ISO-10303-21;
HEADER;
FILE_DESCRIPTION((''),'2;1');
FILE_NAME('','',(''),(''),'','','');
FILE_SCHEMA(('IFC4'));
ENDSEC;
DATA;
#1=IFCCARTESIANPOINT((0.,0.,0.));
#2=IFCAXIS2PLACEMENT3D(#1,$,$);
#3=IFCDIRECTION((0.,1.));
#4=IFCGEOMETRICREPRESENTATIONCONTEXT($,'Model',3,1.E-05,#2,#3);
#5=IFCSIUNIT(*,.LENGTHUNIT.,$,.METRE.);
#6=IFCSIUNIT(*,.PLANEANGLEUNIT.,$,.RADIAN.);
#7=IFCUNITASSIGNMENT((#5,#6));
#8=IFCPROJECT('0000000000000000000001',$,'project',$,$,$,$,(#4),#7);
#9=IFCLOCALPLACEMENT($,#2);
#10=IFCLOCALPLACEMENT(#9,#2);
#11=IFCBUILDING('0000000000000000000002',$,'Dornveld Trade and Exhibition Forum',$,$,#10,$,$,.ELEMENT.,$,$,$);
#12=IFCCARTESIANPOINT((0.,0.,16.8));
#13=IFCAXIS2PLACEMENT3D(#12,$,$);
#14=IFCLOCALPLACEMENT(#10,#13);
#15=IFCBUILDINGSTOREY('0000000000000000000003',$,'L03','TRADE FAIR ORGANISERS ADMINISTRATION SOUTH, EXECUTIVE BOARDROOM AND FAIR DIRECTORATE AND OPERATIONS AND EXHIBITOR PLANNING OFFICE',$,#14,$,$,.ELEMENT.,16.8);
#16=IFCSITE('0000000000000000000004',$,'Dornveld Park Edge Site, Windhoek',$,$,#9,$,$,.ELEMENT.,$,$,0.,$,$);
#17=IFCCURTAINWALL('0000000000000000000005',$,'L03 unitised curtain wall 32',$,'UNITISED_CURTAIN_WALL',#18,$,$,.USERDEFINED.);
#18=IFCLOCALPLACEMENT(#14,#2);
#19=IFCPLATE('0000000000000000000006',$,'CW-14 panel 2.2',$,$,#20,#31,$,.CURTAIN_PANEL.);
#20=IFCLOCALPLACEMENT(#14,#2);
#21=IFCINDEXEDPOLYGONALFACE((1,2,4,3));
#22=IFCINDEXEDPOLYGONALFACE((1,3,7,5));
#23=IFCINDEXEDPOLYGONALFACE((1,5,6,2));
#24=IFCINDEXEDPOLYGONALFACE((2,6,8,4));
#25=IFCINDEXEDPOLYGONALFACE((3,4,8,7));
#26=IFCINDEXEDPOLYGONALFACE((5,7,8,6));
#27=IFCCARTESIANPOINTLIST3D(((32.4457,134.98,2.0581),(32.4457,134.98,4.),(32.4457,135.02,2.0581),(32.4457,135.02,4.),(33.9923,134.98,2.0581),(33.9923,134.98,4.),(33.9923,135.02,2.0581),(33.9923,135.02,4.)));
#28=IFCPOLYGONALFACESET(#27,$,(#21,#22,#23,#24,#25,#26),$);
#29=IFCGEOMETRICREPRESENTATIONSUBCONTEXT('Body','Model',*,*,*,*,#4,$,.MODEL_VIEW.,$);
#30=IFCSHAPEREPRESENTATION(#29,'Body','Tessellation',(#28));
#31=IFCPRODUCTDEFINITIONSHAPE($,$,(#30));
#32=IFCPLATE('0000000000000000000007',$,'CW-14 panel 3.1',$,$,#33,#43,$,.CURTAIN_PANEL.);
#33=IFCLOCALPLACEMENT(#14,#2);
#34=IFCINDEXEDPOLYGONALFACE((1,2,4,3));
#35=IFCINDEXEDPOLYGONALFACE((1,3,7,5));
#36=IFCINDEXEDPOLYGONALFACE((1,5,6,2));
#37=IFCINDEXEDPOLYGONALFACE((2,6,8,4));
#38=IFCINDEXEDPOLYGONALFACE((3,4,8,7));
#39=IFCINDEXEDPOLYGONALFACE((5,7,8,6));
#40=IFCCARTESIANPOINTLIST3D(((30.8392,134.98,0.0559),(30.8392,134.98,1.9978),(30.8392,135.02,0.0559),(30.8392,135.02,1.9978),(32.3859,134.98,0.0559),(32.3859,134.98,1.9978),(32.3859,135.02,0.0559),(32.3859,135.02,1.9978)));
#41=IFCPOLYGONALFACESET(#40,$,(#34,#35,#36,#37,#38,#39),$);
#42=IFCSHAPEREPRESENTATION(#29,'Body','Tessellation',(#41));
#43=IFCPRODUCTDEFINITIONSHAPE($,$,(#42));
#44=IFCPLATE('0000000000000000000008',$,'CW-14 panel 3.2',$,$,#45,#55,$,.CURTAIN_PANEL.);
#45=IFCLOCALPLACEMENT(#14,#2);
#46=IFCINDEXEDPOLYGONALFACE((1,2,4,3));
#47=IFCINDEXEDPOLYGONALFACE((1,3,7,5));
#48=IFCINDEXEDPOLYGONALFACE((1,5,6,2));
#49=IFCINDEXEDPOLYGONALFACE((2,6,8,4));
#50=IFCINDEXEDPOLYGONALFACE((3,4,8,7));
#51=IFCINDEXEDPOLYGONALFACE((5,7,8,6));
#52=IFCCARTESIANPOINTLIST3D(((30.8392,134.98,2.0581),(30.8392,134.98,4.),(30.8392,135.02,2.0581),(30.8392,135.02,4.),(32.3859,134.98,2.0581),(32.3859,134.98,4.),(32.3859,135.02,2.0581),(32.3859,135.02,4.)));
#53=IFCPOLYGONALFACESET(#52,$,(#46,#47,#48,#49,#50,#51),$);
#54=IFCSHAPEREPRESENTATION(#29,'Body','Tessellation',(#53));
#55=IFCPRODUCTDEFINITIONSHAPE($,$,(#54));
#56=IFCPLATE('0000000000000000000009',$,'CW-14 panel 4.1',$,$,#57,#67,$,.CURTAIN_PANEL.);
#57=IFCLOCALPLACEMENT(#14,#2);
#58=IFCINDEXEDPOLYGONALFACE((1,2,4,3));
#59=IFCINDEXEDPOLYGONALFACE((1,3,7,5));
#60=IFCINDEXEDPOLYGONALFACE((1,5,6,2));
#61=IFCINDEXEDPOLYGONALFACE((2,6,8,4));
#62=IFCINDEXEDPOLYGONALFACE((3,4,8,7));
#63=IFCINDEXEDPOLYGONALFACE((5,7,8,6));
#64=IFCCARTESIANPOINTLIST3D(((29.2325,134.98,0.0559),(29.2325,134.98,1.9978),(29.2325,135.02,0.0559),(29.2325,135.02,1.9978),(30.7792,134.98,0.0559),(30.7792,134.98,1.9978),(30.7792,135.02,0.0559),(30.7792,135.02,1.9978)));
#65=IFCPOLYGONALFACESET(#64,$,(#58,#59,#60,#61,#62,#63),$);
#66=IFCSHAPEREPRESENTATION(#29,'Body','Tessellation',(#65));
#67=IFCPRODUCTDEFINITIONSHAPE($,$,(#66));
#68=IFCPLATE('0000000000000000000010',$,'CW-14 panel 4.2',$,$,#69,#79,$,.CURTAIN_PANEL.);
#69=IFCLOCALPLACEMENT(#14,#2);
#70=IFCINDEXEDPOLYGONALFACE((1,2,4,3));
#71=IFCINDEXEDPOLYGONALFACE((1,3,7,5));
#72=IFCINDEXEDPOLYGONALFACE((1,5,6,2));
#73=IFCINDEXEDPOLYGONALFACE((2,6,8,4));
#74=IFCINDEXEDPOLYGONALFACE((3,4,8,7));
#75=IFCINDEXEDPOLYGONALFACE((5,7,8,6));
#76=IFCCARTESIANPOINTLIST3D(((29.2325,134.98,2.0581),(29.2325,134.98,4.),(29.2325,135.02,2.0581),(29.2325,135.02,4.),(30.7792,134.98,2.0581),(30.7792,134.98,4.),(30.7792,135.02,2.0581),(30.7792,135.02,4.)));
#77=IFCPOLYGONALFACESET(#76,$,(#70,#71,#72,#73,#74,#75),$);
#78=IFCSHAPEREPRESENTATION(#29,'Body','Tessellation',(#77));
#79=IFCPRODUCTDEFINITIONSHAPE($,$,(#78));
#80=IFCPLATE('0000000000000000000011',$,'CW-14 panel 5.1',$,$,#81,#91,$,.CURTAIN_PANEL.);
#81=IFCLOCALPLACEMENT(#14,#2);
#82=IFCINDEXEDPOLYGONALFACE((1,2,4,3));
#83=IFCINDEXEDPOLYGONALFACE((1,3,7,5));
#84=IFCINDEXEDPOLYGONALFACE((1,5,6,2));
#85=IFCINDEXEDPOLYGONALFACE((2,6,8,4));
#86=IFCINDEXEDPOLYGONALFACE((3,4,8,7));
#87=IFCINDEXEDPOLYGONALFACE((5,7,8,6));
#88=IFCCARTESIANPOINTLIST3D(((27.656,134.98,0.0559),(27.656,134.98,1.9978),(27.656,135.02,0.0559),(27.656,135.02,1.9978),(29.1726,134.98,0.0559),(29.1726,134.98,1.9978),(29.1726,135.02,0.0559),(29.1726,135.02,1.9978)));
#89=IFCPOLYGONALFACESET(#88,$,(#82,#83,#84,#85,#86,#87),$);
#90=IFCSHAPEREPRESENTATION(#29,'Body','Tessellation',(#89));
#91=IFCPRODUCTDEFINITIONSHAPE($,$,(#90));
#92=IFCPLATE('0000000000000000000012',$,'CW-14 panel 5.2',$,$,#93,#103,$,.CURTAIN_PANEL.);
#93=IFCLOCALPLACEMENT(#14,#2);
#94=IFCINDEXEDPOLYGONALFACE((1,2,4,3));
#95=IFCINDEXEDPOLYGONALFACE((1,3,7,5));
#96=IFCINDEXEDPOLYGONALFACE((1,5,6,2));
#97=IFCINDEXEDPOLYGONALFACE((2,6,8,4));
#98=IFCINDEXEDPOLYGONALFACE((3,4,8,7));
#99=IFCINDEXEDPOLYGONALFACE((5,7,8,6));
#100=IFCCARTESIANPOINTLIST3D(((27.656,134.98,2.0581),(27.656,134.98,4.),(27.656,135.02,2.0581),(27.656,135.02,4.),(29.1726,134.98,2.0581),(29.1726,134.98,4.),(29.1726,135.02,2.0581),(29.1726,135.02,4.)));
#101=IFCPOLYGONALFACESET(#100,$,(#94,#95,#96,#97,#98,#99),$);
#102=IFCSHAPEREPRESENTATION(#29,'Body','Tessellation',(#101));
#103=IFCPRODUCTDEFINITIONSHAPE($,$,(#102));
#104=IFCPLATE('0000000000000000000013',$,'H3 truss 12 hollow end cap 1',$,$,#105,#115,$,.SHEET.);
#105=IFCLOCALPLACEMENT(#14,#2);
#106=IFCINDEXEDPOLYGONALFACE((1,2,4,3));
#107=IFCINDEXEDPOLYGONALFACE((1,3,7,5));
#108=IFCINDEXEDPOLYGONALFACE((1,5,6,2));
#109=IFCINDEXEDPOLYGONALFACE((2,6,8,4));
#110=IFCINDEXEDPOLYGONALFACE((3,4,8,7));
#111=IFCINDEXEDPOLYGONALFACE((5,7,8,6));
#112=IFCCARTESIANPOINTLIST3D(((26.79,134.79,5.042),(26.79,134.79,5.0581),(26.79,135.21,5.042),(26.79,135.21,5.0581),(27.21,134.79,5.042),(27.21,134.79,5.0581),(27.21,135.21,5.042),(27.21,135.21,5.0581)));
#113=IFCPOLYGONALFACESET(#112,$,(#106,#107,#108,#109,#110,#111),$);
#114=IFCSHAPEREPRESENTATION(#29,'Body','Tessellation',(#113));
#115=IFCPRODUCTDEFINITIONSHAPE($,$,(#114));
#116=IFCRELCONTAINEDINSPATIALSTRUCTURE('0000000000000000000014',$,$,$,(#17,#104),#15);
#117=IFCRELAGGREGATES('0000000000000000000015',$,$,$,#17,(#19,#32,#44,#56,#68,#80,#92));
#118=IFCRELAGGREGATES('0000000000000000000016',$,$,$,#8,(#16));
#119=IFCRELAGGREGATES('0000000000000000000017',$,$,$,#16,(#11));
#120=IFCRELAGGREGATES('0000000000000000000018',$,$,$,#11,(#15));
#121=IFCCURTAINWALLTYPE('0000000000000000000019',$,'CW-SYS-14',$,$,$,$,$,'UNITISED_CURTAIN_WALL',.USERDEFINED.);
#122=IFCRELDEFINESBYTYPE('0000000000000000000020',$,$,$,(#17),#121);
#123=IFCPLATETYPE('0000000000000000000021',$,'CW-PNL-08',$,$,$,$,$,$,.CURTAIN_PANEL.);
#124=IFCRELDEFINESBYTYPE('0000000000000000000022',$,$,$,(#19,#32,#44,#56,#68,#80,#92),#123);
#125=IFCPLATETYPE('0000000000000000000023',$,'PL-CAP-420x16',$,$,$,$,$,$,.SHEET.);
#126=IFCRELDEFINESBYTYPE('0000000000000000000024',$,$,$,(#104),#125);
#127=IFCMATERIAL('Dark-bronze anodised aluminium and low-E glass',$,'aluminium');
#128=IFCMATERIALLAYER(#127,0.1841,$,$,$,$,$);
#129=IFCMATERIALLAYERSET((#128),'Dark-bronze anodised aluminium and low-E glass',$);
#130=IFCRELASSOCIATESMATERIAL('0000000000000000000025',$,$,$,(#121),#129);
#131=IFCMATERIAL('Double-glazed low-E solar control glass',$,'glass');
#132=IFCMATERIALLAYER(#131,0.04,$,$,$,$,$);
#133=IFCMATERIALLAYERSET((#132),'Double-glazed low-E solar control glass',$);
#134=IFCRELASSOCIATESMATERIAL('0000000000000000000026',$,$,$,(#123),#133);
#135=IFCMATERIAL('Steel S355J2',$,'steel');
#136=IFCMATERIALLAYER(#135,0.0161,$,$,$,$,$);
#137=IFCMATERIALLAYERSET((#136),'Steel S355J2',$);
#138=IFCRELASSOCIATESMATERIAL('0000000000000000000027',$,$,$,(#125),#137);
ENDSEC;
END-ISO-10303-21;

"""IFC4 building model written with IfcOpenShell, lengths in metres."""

from ifc_helpers import new_model, si_unit, direction, frame, origin, origin_2d, place, context, subcontext, project, spatial, rectangle, extrude, material, layer, layer_set, type_object, element, aggregate, save


model = new_model("IFC4")

# Units and contexts
model_context = context("Model", 3, precision=1e-05, world=origin(), true_north=direction((0.0, 1.0)))
body_context = subcontext(model_context, "Body", "Model", "MODEL_VIEW")
ifc_project = project(units=[si_unit("LENGTHUNIT", "METRE"), si_unit("PLANEANGLEUNIT", "RADIAN")], contexts=[model_context])

# Site, building, storey
site_placement = place(None, origin())
site = spatial("IfcSite", under=ifc_project, at=site_placement, Name="Dornveld Park Edge Site, Windhoek", CompositionType="ELEMENT", RefElevation=0.0)
building_placement = place(site_placement, origin())
building = spatial("IfcBuilding", under=site, at=building_placement, Name="Dornveld Trade and Exhibition Forum", CompositionType="ELEMENT")
storey_placement = place(building_placement, frame((0.0, 0.0, 16.8)))
storey = spatial("IfcBuildingStorey", under=building, at=storey_placement, Name="L03", Description="TRADE FAIR ORGANISERS ADMINISTRATION SOUTH, EXECUTIVE BOARDROOM AND FAIR DIRECTORATE AND OPERATIONS AND EXHIBITOR PLANNING OFFICE", CompositionType="ELEMENT", Elevation=16.8)

# Curtain wall
ifc_material_1 = material(Name="Dark-bronze anodised aluminium and low-E glass", Category="aluminium")
ifc_layer_1 = layer(ifc_material_1, 0.1841)
ifc_layer_set_1 = layer_set([ifc_layer_1], Name="Dark-bronze anodised aluminium and low-E glass")
curtain_wall_type = type_object("IfcCurtainWallType", Name="CW-SYS-14", ElementType="UNITISED_CURTAIN_WALL", PredefinedType="USERDEFINED", material=ifc_layer_set_1)
curtain_wall_placement = place(storey_placement, origin())
curtain_wall = element("IfcCurtainWall", 1, at=curtain_wall_placement, inside=storey, type_object=curtain_wall_type, Name="L03 unitised curtain wall 32", ObjectType="UNITISED_CURTAIN_WALL", PredefinedType="USERDEFINED")

# Plates
ifc_material_2 = material(Name="Double-glazed low-E solar control glass", Category="glass")
ifc_layer_2 = layer(ifc_material_2, 0.04)
ifc_layer_set_2 = layer_set([ifc_layer_2], Name="Double-glazed low-E solar control glass")
plate_type_1 = type_object("IfcPlateType", Name="CW-PNL-08", PredefinedType="CURTAIN_PANEL", material=ifc_layer_set_2)
plate_1_placement = place(storey_placement, frame((33.219, 135.0, 2.0581), z_axis=(0.0, 0.0, 1.0), x_axis=(-1.0, 0.0, 0.0)))
plate_1 = element("IfcPlate", 2, at=plate_1_placement, type_object=plate_type_1, Name="CW-14 panel 2.2", PredefinedType="CURTAIN_PANEL", context=body_context, shape_type="SweptSolid", body=[
    extrude(rectangle(XDim=1.5466, YDim=0.04, at=origin_2d()), origin(), (0.0, 0.0, 1.0), 1.9419),
])
plate_2_placement = place(storey_placement, frame((31.6125, 135.0, 0.0559), z_axis=(0.0, 0.0, 1.0), x_axis=(-1.0, 0.0, 0.0)))
plate_2 = element("IfcPlate", 3, at=plate_2_placement, type_object=plate_type_1, Name="CW-14 panel 3.1", PredefinedType="CURTAIN_PANEL", context=body_context, shape_type="SweptSolid", body=[
    extrude(rectangle(XDim=1.5466, YDim=0.04, at=origin_2d()), origin(), (0.0, 0.0, 1.0), 1.9419),
])
plate_3_placement = place(storey_placement, frame((31.6125, 135.0, 2.0581), z_axis=(0.0, 0.0, 1.0), x_axis=(-1.0, 0.0, 0.0)))
plate_3 = element("IfcPlate", 4, at=plate_3_placement, type_object=plate_type_1, Name="CW-14 panel 3.2", PredefinedType="CURTAIN_PANEL", context=body_context, shape_type="SweptSolid", body=[
    extrude(rectangle(XDim=1.5466, YDim=0.04, at=origin_2d()), origin(), (0.0, 0.0, 1.0), 1.9419),
])
plate_4_placement = place(storey_placement, frame((30.0059, 135.0, 0.0559), z_axis=(0.0, 0.0, 1.0), x_axis=(-1.0, 0.0, 0.0)))
plate_4 = element("IfcPlate", 5, at=plate_4_placement, type_object=plate_type_1, Name="CW-14 panel 4.1", PredefinedType="CURTAIN_PANEL", context=body_context, shape_type="SweptSolid", body=[
    extrude(rectangle(XDim=1.5466, YDim=0.04, at=origin_2d()), origin(), (0.0, 0.0, 1.0), 1.9419),
])
plate_5_placement = place(storey_placement, frame((30.0059, 135.0, 2.0581), z_axis=(0.0, 0.0, 1.0), x_axis=(-1.0, 0.0, 0.0)))
plate_5 = element("IfcPlate", 6, at=plate_5_placement, type_object=plate_type_1, Name="CW-14 panel 4.2", PredefinedType="CURTAIN_PANEL", context=body_context, shape_type="SweptSolid", body=[
    extrude(rectangle(XDim=1.5466, YDim=0.04, at=origin_2d()), origin(), (0.0, 0.0, 1.0), 1.9419),
])
plate_6_placement = place(storey_placement, frame((28.4143, 135.0, 0.0559), z_axis=(0.0, 0.0, 1.0), x_axis=(-1.0, 0.0, 0.0)))
plate_6 = element("IfcPlate", 7, at=plate_6_placement, type_object=plate_type_1, Name="CW-14 panel 5.1", PredefinedType="CURTAIN_PANEL", context=body_context, shape_type="SweptSolid", body=[
    extrude(rectangle(XDim=1.5166, YDim=0.04, at=origin_2d()), origin(), (0.0, 0.0, 1.0), 1.9419),
])
plate_7_placement = place(storey_placement, frame((28.4143, 135.0, 2.0581), z_axis=(0.0, 0.0, 1.0), x_axis=(-1.0, 0.0, 0.0)))
plate_7 = element("IfcPlate", 8, at=plate_7_placement, type_object=plate_type_1, Name="CW-14 panel 5.2", PredefinedType="CURTAIN_PANEL", context=body_context, shape_type="SweptSolid", body=[
    extrude(rectangle(XDim=1.5166, YDim=0.04, at=origin_2d()), origin(), (0.0, 0.0, 1.0), 1.9419),
])
aggregate(curtain_wall, [plate_1, plate_2, plate_3, plate_4, plate_5, plate_6, plate_7])
ifc_material_3 = material(Name="Steel S355J2", Category="steel")
ifc_layer_3 = layer(ifc_material_3, 0.0161)
ifc_layer_set_3 = layer_set([ifc_layer_3], Name="Steel S355J2")
plate_type_2 = type_object("IfcPlateType", Name="PL-CAP-420x16", PredefinedType="SHEET", material=ifc_layer_set_3)
plate_8_placement = place(storey_placement, frame((27.0, 135.0, 5.042), z_axis=(0.0, 0.0, 1.0), x_axis=(1.0, 0.0, 0.0)))
element("IfcPlate", 9, at=plate_8_placement, inside=storey, type_object=plate_type_2, Name="H3 truss 12 hollow end cap 1", PredefinedType="SHEET", context=body_context, shape_type="SweptSolid", body=[
    extrude(rectangle(XDim=0.4199, YDim=0.4199, at=origin_2d()), origin(), (0.0, 0.0, 1.0), 0.0161),
])

save(model, "model.ifc")
